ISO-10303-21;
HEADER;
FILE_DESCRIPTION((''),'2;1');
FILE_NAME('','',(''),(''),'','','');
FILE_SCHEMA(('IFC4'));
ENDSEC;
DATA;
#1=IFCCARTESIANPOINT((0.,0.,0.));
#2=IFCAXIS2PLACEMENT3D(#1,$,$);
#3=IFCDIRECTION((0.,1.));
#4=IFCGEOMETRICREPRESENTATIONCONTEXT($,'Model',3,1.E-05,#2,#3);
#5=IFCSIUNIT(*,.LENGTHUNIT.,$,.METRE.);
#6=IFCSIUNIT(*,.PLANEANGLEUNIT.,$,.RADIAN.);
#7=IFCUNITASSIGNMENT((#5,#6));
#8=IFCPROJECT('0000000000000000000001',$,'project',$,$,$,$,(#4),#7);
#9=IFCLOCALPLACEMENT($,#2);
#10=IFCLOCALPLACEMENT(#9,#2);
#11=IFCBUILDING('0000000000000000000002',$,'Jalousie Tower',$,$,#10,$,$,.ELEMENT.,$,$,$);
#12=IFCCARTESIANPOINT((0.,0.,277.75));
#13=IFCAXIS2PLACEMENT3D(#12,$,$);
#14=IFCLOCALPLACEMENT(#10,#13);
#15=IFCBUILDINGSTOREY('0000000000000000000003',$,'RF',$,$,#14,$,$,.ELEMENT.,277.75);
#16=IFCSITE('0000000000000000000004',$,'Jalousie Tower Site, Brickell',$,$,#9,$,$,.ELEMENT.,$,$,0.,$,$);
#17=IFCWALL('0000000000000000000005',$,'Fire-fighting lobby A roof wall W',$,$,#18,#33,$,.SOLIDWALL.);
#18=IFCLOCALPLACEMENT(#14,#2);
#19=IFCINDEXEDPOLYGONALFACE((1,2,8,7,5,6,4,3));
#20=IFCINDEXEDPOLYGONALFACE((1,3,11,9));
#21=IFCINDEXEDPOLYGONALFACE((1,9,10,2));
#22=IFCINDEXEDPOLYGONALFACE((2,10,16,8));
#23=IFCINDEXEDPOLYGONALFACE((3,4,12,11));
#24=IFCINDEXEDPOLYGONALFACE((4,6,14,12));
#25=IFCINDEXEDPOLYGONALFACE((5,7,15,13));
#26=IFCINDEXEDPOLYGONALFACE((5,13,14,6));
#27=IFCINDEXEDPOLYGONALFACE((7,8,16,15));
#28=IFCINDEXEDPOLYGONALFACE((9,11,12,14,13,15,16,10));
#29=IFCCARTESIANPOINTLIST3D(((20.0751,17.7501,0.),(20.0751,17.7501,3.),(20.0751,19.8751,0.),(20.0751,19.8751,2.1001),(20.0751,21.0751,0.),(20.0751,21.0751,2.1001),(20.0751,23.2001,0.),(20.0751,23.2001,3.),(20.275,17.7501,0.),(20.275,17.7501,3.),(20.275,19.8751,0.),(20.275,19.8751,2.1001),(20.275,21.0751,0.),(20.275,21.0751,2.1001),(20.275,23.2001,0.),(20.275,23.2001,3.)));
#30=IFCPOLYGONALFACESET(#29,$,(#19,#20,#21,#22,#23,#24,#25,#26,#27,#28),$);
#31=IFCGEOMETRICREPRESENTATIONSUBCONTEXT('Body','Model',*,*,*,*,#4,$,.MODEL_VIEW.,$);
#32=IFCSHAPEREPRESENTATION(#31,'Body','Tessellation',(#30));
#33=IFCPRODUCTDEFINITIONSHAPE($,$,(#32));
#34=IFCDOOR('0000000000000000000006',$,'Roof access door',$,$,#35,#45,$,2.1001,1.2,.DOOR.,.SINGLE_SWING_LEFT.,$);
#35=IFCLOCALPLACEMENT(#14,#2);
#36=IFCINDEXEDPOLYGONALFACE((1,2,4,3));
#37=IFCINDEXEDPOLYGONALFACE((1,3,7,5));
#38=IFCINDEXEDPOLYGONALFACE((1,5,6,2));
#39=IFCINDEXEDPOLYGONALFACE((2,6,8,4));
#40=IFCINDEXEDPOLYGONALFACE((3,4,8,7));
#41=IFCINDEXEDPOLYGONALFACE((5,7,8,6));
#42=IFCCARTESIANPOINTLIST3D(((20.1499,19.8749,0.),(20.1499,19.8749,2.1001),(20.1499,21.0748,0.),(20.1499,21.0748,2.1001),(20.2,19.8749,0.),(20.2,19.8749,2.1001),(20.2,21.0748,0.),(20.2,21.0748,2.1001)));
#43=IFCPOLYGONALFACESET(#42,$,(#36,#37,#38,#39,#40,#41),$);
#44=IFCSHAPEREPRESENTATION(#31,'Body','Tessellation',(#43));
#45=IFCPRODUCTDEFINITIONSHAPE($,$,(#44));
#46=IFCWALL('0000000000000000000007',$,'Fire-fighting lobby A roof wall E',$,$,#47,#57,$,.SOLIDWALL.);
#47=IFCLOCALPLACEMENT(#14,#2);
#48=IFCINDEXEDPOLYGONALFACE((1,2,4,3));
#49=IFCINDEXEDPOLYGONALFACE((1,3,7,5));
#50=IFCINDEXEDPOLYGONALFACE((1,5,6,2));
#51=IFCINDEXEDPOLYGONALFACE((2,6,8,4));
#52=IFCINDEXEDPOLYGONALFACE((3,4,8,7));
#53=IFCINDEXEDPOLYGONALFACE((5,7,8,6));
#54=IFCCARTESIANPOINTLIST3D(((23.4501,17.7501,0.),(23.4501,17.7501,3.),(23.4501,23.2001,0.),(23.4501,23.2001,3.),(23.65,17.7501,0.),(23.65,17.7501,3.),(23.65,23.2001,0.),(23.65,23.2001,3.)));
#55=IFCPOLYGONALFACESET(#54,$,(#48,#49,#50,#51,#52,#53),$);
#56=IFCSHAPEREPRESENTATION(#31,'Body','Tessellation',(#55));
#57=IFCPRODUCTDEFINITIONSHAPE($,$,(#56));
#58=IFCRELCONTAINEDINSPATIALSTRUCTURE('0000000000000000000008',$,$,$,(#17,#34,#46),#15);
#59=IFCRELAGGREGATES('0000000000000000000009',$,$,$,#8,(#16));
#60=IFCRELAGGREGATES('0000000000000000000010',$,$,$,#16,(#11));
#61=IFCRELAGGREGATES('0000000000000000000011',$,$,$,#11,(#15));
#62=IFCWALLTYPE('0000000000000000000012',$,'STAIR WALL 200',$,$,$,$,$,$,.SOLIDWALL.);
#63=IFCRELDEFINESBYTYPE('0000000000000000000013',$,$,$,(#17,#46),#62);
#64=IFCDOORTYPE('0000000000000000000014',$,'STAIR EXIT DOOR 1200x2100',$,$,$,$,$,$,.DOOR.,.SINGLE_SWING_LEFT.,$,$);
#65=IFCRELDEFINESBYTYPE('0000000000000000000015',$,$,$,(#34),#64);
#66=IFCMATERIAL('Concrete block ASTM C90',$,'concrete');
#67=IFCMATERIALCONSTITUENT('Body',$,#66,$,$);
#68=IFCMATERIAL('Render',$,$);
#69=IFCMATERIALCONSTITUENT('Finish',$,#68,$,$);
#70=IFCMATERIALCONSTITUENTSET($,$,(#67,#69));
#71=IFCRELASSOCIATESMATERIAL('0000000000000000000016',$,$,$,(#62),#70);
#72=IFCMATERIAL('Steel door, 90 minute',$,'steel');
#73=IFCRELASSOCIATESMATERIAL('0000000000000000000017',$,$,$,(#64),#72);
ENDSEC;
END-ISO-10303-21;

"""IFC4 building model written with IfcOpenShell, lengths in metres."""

from ifc_helpers import new_model, si_unit, direction, frame, frame_2d, origin, place, context, subcontext, project, spatial, rectangle, extrude, material, constituent, constituent_set, type_object, element, fill, save


model = new_model("IFC4")

# Units and contexts
model_context = context("Model", 3, precision=1e-05, world=origin(), true_north=direction((0.0, 1.0)))
body_context = subcontext(model_context, "Body", "Model", "MODEL_VIEW")
ifc_project = project(units=[si_unit("LENGTHUNIT", "METRE"), si_unit("PLANEANGLEUNIT", "RADIAN")], contexts=[model_context])

# Site, building, storey
site_placement = place(None, origin())
site = spatial("IfcSite", under=ifc_project, at=site_placement, Name="Jalousie Tower Site, Brickell", CompositionType="ELEMENT", RefElevation=0.0)
building_placement = place(site_placement, origin())
building = spatial("IfcBuilding", under=site, at=building_placement, Name="Jalousie Tower", CompositionType="ELEMENT")
storey_placement = place(building_placement, frame((0.0, 0.0, 277.75)))
storey = spatial("IfcBuildingStorey", under=building, at=storey_placement, Name="RF", CompositionType="ELEMENT", Elevation=277.75)

# Shared definitions
ifc_material_1 = material(Name="Concrete block ASTM C90", Category="concrete")
ifc_constituent_1 = constituent(ifc_material_1, Name="Body")
ifc_material_2 = material(Name="Render")
ifc_constituent_2 = constituent(ifc_material_2, Name="Finish")
ifc_constituent_set = constituent_set(constituents=[ifc_constituent_1, ifc_constituent_2])
wall_type_1 = type_object("IfcWallType", Name="STAIR WALL 200", PredefinedType="SOLIDWALL", material=ifc_constituent_set)

# Shared definitions
ifc_material_3 = material(Name="Steel door, 90 minute", Category="steel")
door_type = type_object("IfcDoorType", Name="STAIR EXIT DOOR 1200x2100", OperationType="SINGLE_SWING_LEFT", PredefinedType="DOOR", material=ifc_material_3)

# Wall, opening, door
wall_1_placement = place(storey_placement, frame((20.175, 17.75, 0.0), z_axis=(0.0, 0.0, 1.0), x_axis=(0.0, 1.0, 0.0)))
wall_1 = element("IfcWall", 1, at=wall_1_placement, inside=storey, type_object=wall_type_1, Name="Fire-fighting lobby A roof wall W", PredefinedType="SOLIDWALL", context=body_context, shape_type="SweptSolid", body=[
    extrude(rectangle(XDim=5.45, YDim=0.2, at=frame_2d((2.7251, 0.0))), origin(), (0.0, 0.0, 1.0), 3.0),
])
opening_1_placement = place(wall_1_placement, frame((2.125, 0.0, 0.0)))
opening_1 = element("IfcOpeningElement", 2, at=opening_1_placement, cuts=wall_1, PredefinedType="OPENING", context=body_context, shape_type="SweptSolid", body=[
    extrude(rectangle(XDim=1.2, YDim=2.1001, at=frame_2d((0.6001, 1.05))), frame((0.0, 0.1099, 0.0), z_axis=(0.0, -1.0, 0.0), x_axis=(1.0, 0.0, 0.0)), (0.0, 0.0, 1.0), 0.22),
])
door_1_placement = place(opening_1_placement, frame((1.2, 0.0, 0.0), z_axis=(0.0, 0.0, 1.0), x_axis=(-1.0, 0.0, 0.0)))
door_1 = element("IfcDoor", 3, at=door_1_placement, inside=storey, type_object=door_type, Name="Roof access door", OperationType="SINGLE_SWING_LEFT", OverallHeight=2.1001, OverallWidth=1.2, PredefinedType="DOOR", context=body_context, shape_type="SweptSolid", body=[
    extrude(rectangle(XDim=1.2, YDim=2.1001, at=frame_2d((0.6001, 1.05))), frame((0.0, 0.0249, 0.0), z_axis=(0.0, -1.0, 0.0), x_axis=(1.0, 0.0, 0.0)), (0.0, 0.0, 1.0), 0.05),
])
fill(opening_1, door_1)

# Wall
wall_2_placement = place(storey_placement, frame((23.55, 17.75, 0.0), z_axis=(0.0, 0.0, 1.0), x_axis=(0.0, 1.0, 0.0)))
element("IfcWall", 4, at=wall_2_placement, inside=storey, type_object=wall_type_1, Name="Fire-fighting lobby A roof wall E", PredefinedType="SOLIDWALL", context=body_context, shape_type="SweptSolid", body=[
    extrude(rectangle(XDim=5.45, YDim=0.2, at=frame_2d((2.7251, 0.0))), origin(), (0.0, 0.0, 1.0), 3.0),
])

save(model, "model.ifc")
